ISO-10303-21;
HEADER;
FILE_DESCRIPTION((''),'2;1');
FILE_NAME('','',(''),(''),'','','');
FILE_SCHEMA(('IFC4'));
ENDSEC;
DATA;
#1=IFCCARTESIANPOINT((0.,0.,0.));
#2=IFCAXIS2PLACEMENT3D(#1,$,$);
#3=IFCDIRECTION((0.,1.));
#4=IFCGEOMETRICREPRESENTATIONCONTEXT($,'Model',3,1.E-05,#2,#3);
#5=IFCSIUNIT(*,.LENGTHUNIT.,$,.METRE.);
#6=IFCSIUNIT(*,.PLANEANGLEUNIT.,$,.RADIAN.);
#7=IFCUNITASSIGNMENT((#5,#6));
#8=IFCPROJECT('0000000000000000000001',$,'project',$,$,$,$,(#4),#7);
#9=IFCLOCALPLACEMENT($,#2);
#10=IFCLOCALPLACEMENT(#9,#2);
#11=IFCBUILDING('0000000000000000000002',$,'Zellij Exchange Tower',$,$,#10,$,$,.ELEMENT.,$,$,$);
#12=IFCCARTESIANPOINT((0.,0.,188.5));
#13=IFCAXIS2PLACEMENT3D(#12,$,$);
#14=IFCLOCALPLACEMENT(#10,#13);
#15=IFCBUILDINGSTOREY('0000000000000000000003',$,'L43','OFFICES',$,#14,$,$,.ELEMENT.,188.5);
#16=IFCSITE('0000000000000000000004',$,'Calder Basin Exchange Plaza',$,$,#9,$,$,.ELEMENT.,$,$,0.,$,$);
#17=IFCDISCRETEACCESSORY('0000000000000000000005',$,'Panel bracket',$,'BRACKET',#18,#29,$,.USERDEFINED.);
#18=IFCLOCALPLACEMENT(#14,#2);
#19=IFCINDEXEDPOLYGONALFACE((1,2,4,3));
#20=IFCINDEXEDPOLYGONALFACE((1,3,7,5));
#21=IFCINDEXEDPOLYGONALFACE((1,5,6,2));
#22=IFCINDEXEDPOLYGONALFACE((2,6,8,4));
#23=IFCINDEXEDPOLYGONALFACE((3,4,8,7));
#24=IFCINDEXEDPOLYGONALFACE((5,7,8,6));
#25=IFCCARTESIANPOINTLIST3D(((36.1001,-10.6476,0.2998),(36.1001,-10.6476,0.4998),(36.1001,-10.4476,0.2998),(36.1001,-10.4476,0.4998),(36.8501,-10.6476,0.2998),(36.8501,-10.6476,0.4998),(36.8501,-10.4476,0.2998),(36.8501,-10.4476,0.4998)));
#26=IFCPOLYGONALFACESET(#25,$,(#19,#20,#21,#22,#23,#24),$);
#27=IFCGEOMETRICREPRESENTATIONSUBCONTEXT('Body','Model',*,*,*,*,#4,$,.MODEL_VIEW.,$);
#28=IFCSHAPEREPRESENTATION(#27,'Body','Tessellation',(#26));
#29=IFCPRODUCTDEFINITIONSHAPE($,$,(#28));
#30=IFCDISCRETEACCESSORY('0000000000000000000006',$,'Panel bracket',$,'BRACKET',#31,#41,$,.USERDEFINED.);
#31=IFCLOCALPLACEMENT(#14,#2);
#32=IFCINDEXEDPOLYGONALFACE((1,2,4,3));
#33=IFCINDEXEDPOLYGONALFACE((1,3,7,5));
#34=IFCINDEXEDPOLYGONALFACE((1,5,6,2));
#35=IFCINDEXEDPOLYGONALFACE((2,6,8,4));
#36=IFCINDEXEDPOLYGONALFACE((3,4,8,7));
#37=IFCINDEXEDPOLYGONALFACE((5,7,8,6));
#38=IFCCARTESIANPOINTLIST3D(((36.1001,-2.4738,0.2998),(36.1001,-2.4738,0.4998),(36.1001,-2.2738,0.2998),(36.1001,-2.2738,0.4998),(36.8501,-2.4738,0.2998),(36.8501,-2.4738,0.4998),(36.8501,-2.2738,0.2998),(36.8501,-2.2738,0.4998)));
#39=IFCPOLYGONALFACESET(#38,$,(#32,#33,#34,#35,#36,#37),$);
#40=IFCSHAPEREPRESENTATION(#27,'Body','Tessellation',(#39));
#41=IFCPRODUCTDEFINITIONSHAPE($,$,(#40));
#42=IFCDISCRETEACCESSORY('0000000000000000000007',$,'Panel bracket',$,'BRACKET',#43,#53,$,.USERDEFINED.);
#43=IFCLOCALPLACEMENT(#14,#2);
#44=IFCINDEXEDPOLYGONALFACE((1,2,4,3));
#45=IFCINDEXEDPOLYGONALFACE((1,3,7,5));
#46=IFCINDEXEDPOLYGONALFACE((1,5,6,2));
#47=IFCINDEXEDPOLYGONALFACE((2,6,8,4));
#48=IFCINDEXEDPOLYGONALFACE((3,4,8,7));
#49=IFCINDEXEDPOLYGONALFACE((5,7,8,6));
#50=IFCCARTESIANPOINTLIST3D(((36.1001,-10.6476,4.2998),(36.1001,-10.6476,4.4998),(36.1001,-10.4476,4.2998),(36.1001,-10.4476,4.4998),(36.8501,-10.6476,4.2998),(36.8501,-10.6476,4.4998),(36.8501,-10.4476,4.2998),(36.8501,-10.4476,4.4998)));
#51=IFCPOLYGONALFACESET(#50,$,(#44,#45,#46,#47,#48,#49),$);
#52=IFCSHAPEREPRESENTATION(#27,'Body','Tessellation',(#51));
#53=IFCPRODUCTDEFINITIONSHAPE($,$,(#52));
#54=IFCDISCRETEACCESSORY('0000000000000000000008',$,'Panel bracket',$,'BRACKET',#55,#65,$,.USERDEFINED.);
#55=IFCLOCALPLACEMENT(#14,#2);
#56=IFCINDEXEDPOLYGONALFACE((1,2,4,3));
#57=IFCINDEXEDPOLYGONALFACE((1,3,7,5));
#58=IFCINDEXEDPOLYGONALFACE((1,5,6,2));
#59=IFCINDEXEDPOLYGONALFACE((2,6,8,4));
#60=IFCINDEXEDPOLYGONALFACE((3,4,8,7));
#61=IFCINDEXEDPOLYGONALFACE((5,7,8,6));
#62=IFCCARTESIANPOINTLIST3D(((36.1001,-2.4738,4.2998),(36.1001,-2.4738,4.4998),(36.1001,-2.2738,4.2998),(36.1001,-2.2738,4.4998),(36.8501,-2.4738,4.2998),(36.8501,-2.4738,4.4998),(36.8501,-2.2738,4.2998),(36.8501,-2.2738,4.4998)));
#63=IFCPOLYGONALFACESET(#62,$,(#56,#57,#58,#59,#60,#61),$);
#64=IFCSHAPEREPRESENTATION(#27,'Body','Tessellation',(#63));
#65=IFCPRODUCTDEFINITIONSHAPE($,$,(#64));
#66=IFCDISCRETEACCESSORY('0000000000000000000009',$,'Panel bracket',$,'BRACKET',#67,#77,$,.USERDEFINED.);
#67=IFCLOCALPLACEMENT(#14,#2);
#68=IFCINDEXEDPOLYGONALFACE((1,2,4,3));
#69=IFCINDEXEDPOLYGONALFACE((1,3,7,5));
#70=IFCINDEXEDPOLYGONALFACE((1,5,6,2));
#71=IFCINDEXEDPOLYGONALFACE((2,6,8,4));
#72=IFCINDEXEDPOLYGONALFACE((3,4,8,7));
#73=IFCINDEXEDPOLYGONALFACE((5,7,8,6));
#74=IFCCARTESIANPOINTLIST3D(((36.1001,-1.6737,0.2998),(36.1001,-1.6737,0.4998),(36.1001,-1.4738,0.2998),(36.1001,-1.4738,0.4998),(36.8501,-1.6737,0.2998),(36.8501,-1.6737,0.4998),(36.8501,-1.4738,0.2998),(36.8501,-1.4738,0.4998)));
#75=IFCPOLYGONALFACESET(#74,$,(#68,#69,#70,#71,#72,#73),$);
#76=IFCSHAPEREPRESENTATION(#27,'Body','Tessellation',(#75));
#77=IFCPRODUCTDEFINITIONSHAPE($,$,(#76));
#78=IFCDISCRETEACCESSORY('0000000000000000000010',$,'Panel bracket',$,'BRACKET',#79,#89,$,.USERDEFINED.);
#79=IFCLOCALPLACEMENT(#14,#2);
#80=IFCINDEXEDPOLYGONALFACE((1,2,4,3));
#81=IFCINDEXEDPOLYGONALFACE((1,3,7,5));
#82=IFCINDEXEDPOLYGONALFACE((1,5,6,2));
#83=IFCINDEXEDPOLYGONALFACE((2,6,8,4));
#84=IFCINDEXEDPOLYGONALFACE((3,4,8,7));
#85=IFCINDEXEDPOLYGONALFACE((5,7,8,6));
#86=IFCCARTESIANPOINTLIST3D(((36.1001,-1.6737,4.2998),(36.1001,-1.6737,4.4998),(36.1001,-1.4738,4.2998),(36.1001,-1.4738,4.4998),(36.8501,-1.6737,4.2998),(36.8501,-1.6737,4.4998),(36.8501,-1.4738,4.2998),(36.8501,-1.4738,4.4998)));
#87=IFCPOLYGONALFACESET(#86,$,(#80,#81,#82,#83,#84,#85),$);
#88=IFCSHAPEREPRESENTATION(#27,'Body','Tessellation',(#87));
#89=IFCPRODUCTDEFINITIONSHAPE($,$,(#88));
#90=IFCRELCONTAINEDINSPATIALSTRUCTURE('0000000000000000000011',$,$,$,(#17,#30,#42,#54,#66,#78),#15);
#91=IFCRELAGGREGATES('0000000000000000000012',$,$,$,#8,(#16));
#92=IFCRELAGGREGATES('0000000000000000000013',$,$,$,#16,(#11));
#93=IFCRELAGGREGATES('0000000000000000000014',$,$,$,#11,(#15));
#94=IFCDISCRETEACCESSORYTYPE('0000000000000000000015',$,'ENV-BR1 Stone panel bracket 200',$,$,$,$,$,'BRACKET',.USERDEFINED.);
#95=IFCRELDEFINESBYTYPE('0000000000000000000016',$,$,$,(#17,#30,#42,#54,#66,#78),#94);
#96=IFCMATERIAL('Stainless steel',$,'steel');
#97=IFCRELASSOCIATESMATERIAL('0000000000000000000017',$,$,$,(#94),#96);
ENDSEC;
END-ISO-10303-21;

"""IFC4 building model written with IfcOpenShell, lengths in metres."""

from ifc_helpers import new_model, si_unit, direction, frame, origin, origin_2d, place, context, subcontext, project, spatial, rectangle, extrude, material, type_object, element, save


model = new_model("IFC4")

# Units and contexts
model_context = context("Model", 3, precision=1e-05, world=origin(), true_north=direction((0.0, 1.0)))
body_context = subcontext(model_context, "Body", "Model", "MODEL_VIEW")
ifc_project = project(units=[si_unit("LENGTHUNIT", "METRE"), si_unit("PLANEANGLEUNIT", "RADIAN")], contexts=[model_context])

# Site, building, storey
site_placement = place(None, origin())
site = spatial("IfcSite", under=ifc_project, at=site_placement, Name="Calder Basin Exchange Plaza", CompositionType="ELEMENT", RefElevation=0.0)
building_placement = place(site_placement, origin())
building = spatial("IfcBuilding", under=site, at=building_placement, Name="Zellij Exchange Tower", CompositionType="ELEMENT")
storey_placement = place(building_placement, frame((0.0, 0.0, 188.5)))
storey = spatial("IfcBuildingStorey", under=building, at=storey_placement, Name="L43", Description="OFFICES", CompositionType="ELEMENT", Elevation=188.5)

# Discrete accessories
ifc_material_1 = material(Name="Stainless steel", Category="steel")
discrete_accessory_type = type_object("IfcDiscreteAccessoryType", Name="ENV-BR1 Stone panel bracket 200", ElementType="BRACKET", PredefinedType="USERDEFINED", material=ifc_material_1)
for number, where, z_axis, x_axis, name in (
    (1, (36.4751, -10.5476, 0.2998), (0.0, 0.0, 1.0), (0.0, 1.0, 0.0), "Panel bracket"),
    (2, (36.4751, -2.3738, 0.2998), (0.0, 0.0, 1.0), (0.0, 1.0, 0.0), "Panel bracket"),
    (3, (36.4751, -10.5476, 4.2998), (0.0, 0.0, 1.0), (0.0, 1.0, 0.0), "Panel bracket"),
    (4, (36.4751, -2.3738, 4.2998), (0.0, 0.0, 1.0), (0.0, 1.0, 0.0), "Panel bracket"),
    (5, (36.4751, -1.5737, 0.2998), (0.0, 0.0, 1.0), (0.0, 1.0, 0.0), "Panel bracket"),
    (6, (36.4751, -1.5737, 4.2998), (0.0, 0.0, 1.0), (0.0, 1.0, 0.0), "Panel bracket"),
):
    element("IfcDiscreteAccessory", number, at=place(storey_placement, frame(where, z_axis=z_axis, x_axis=x_axis)), inside=storey, type_object=discrete_accessory_type, Name=name, ObjectType="BRACKET", PredefinedType="USERDEFINED", context=body_context, shape_type="SweptSolid", body=[
        extrude(rectangle(XDim=0.2, YDim=0.75, at=origin_2d()), origin(), (0.0, 0.0, 1.0), 0.2),
    ])

save(model, "model.ifc")
